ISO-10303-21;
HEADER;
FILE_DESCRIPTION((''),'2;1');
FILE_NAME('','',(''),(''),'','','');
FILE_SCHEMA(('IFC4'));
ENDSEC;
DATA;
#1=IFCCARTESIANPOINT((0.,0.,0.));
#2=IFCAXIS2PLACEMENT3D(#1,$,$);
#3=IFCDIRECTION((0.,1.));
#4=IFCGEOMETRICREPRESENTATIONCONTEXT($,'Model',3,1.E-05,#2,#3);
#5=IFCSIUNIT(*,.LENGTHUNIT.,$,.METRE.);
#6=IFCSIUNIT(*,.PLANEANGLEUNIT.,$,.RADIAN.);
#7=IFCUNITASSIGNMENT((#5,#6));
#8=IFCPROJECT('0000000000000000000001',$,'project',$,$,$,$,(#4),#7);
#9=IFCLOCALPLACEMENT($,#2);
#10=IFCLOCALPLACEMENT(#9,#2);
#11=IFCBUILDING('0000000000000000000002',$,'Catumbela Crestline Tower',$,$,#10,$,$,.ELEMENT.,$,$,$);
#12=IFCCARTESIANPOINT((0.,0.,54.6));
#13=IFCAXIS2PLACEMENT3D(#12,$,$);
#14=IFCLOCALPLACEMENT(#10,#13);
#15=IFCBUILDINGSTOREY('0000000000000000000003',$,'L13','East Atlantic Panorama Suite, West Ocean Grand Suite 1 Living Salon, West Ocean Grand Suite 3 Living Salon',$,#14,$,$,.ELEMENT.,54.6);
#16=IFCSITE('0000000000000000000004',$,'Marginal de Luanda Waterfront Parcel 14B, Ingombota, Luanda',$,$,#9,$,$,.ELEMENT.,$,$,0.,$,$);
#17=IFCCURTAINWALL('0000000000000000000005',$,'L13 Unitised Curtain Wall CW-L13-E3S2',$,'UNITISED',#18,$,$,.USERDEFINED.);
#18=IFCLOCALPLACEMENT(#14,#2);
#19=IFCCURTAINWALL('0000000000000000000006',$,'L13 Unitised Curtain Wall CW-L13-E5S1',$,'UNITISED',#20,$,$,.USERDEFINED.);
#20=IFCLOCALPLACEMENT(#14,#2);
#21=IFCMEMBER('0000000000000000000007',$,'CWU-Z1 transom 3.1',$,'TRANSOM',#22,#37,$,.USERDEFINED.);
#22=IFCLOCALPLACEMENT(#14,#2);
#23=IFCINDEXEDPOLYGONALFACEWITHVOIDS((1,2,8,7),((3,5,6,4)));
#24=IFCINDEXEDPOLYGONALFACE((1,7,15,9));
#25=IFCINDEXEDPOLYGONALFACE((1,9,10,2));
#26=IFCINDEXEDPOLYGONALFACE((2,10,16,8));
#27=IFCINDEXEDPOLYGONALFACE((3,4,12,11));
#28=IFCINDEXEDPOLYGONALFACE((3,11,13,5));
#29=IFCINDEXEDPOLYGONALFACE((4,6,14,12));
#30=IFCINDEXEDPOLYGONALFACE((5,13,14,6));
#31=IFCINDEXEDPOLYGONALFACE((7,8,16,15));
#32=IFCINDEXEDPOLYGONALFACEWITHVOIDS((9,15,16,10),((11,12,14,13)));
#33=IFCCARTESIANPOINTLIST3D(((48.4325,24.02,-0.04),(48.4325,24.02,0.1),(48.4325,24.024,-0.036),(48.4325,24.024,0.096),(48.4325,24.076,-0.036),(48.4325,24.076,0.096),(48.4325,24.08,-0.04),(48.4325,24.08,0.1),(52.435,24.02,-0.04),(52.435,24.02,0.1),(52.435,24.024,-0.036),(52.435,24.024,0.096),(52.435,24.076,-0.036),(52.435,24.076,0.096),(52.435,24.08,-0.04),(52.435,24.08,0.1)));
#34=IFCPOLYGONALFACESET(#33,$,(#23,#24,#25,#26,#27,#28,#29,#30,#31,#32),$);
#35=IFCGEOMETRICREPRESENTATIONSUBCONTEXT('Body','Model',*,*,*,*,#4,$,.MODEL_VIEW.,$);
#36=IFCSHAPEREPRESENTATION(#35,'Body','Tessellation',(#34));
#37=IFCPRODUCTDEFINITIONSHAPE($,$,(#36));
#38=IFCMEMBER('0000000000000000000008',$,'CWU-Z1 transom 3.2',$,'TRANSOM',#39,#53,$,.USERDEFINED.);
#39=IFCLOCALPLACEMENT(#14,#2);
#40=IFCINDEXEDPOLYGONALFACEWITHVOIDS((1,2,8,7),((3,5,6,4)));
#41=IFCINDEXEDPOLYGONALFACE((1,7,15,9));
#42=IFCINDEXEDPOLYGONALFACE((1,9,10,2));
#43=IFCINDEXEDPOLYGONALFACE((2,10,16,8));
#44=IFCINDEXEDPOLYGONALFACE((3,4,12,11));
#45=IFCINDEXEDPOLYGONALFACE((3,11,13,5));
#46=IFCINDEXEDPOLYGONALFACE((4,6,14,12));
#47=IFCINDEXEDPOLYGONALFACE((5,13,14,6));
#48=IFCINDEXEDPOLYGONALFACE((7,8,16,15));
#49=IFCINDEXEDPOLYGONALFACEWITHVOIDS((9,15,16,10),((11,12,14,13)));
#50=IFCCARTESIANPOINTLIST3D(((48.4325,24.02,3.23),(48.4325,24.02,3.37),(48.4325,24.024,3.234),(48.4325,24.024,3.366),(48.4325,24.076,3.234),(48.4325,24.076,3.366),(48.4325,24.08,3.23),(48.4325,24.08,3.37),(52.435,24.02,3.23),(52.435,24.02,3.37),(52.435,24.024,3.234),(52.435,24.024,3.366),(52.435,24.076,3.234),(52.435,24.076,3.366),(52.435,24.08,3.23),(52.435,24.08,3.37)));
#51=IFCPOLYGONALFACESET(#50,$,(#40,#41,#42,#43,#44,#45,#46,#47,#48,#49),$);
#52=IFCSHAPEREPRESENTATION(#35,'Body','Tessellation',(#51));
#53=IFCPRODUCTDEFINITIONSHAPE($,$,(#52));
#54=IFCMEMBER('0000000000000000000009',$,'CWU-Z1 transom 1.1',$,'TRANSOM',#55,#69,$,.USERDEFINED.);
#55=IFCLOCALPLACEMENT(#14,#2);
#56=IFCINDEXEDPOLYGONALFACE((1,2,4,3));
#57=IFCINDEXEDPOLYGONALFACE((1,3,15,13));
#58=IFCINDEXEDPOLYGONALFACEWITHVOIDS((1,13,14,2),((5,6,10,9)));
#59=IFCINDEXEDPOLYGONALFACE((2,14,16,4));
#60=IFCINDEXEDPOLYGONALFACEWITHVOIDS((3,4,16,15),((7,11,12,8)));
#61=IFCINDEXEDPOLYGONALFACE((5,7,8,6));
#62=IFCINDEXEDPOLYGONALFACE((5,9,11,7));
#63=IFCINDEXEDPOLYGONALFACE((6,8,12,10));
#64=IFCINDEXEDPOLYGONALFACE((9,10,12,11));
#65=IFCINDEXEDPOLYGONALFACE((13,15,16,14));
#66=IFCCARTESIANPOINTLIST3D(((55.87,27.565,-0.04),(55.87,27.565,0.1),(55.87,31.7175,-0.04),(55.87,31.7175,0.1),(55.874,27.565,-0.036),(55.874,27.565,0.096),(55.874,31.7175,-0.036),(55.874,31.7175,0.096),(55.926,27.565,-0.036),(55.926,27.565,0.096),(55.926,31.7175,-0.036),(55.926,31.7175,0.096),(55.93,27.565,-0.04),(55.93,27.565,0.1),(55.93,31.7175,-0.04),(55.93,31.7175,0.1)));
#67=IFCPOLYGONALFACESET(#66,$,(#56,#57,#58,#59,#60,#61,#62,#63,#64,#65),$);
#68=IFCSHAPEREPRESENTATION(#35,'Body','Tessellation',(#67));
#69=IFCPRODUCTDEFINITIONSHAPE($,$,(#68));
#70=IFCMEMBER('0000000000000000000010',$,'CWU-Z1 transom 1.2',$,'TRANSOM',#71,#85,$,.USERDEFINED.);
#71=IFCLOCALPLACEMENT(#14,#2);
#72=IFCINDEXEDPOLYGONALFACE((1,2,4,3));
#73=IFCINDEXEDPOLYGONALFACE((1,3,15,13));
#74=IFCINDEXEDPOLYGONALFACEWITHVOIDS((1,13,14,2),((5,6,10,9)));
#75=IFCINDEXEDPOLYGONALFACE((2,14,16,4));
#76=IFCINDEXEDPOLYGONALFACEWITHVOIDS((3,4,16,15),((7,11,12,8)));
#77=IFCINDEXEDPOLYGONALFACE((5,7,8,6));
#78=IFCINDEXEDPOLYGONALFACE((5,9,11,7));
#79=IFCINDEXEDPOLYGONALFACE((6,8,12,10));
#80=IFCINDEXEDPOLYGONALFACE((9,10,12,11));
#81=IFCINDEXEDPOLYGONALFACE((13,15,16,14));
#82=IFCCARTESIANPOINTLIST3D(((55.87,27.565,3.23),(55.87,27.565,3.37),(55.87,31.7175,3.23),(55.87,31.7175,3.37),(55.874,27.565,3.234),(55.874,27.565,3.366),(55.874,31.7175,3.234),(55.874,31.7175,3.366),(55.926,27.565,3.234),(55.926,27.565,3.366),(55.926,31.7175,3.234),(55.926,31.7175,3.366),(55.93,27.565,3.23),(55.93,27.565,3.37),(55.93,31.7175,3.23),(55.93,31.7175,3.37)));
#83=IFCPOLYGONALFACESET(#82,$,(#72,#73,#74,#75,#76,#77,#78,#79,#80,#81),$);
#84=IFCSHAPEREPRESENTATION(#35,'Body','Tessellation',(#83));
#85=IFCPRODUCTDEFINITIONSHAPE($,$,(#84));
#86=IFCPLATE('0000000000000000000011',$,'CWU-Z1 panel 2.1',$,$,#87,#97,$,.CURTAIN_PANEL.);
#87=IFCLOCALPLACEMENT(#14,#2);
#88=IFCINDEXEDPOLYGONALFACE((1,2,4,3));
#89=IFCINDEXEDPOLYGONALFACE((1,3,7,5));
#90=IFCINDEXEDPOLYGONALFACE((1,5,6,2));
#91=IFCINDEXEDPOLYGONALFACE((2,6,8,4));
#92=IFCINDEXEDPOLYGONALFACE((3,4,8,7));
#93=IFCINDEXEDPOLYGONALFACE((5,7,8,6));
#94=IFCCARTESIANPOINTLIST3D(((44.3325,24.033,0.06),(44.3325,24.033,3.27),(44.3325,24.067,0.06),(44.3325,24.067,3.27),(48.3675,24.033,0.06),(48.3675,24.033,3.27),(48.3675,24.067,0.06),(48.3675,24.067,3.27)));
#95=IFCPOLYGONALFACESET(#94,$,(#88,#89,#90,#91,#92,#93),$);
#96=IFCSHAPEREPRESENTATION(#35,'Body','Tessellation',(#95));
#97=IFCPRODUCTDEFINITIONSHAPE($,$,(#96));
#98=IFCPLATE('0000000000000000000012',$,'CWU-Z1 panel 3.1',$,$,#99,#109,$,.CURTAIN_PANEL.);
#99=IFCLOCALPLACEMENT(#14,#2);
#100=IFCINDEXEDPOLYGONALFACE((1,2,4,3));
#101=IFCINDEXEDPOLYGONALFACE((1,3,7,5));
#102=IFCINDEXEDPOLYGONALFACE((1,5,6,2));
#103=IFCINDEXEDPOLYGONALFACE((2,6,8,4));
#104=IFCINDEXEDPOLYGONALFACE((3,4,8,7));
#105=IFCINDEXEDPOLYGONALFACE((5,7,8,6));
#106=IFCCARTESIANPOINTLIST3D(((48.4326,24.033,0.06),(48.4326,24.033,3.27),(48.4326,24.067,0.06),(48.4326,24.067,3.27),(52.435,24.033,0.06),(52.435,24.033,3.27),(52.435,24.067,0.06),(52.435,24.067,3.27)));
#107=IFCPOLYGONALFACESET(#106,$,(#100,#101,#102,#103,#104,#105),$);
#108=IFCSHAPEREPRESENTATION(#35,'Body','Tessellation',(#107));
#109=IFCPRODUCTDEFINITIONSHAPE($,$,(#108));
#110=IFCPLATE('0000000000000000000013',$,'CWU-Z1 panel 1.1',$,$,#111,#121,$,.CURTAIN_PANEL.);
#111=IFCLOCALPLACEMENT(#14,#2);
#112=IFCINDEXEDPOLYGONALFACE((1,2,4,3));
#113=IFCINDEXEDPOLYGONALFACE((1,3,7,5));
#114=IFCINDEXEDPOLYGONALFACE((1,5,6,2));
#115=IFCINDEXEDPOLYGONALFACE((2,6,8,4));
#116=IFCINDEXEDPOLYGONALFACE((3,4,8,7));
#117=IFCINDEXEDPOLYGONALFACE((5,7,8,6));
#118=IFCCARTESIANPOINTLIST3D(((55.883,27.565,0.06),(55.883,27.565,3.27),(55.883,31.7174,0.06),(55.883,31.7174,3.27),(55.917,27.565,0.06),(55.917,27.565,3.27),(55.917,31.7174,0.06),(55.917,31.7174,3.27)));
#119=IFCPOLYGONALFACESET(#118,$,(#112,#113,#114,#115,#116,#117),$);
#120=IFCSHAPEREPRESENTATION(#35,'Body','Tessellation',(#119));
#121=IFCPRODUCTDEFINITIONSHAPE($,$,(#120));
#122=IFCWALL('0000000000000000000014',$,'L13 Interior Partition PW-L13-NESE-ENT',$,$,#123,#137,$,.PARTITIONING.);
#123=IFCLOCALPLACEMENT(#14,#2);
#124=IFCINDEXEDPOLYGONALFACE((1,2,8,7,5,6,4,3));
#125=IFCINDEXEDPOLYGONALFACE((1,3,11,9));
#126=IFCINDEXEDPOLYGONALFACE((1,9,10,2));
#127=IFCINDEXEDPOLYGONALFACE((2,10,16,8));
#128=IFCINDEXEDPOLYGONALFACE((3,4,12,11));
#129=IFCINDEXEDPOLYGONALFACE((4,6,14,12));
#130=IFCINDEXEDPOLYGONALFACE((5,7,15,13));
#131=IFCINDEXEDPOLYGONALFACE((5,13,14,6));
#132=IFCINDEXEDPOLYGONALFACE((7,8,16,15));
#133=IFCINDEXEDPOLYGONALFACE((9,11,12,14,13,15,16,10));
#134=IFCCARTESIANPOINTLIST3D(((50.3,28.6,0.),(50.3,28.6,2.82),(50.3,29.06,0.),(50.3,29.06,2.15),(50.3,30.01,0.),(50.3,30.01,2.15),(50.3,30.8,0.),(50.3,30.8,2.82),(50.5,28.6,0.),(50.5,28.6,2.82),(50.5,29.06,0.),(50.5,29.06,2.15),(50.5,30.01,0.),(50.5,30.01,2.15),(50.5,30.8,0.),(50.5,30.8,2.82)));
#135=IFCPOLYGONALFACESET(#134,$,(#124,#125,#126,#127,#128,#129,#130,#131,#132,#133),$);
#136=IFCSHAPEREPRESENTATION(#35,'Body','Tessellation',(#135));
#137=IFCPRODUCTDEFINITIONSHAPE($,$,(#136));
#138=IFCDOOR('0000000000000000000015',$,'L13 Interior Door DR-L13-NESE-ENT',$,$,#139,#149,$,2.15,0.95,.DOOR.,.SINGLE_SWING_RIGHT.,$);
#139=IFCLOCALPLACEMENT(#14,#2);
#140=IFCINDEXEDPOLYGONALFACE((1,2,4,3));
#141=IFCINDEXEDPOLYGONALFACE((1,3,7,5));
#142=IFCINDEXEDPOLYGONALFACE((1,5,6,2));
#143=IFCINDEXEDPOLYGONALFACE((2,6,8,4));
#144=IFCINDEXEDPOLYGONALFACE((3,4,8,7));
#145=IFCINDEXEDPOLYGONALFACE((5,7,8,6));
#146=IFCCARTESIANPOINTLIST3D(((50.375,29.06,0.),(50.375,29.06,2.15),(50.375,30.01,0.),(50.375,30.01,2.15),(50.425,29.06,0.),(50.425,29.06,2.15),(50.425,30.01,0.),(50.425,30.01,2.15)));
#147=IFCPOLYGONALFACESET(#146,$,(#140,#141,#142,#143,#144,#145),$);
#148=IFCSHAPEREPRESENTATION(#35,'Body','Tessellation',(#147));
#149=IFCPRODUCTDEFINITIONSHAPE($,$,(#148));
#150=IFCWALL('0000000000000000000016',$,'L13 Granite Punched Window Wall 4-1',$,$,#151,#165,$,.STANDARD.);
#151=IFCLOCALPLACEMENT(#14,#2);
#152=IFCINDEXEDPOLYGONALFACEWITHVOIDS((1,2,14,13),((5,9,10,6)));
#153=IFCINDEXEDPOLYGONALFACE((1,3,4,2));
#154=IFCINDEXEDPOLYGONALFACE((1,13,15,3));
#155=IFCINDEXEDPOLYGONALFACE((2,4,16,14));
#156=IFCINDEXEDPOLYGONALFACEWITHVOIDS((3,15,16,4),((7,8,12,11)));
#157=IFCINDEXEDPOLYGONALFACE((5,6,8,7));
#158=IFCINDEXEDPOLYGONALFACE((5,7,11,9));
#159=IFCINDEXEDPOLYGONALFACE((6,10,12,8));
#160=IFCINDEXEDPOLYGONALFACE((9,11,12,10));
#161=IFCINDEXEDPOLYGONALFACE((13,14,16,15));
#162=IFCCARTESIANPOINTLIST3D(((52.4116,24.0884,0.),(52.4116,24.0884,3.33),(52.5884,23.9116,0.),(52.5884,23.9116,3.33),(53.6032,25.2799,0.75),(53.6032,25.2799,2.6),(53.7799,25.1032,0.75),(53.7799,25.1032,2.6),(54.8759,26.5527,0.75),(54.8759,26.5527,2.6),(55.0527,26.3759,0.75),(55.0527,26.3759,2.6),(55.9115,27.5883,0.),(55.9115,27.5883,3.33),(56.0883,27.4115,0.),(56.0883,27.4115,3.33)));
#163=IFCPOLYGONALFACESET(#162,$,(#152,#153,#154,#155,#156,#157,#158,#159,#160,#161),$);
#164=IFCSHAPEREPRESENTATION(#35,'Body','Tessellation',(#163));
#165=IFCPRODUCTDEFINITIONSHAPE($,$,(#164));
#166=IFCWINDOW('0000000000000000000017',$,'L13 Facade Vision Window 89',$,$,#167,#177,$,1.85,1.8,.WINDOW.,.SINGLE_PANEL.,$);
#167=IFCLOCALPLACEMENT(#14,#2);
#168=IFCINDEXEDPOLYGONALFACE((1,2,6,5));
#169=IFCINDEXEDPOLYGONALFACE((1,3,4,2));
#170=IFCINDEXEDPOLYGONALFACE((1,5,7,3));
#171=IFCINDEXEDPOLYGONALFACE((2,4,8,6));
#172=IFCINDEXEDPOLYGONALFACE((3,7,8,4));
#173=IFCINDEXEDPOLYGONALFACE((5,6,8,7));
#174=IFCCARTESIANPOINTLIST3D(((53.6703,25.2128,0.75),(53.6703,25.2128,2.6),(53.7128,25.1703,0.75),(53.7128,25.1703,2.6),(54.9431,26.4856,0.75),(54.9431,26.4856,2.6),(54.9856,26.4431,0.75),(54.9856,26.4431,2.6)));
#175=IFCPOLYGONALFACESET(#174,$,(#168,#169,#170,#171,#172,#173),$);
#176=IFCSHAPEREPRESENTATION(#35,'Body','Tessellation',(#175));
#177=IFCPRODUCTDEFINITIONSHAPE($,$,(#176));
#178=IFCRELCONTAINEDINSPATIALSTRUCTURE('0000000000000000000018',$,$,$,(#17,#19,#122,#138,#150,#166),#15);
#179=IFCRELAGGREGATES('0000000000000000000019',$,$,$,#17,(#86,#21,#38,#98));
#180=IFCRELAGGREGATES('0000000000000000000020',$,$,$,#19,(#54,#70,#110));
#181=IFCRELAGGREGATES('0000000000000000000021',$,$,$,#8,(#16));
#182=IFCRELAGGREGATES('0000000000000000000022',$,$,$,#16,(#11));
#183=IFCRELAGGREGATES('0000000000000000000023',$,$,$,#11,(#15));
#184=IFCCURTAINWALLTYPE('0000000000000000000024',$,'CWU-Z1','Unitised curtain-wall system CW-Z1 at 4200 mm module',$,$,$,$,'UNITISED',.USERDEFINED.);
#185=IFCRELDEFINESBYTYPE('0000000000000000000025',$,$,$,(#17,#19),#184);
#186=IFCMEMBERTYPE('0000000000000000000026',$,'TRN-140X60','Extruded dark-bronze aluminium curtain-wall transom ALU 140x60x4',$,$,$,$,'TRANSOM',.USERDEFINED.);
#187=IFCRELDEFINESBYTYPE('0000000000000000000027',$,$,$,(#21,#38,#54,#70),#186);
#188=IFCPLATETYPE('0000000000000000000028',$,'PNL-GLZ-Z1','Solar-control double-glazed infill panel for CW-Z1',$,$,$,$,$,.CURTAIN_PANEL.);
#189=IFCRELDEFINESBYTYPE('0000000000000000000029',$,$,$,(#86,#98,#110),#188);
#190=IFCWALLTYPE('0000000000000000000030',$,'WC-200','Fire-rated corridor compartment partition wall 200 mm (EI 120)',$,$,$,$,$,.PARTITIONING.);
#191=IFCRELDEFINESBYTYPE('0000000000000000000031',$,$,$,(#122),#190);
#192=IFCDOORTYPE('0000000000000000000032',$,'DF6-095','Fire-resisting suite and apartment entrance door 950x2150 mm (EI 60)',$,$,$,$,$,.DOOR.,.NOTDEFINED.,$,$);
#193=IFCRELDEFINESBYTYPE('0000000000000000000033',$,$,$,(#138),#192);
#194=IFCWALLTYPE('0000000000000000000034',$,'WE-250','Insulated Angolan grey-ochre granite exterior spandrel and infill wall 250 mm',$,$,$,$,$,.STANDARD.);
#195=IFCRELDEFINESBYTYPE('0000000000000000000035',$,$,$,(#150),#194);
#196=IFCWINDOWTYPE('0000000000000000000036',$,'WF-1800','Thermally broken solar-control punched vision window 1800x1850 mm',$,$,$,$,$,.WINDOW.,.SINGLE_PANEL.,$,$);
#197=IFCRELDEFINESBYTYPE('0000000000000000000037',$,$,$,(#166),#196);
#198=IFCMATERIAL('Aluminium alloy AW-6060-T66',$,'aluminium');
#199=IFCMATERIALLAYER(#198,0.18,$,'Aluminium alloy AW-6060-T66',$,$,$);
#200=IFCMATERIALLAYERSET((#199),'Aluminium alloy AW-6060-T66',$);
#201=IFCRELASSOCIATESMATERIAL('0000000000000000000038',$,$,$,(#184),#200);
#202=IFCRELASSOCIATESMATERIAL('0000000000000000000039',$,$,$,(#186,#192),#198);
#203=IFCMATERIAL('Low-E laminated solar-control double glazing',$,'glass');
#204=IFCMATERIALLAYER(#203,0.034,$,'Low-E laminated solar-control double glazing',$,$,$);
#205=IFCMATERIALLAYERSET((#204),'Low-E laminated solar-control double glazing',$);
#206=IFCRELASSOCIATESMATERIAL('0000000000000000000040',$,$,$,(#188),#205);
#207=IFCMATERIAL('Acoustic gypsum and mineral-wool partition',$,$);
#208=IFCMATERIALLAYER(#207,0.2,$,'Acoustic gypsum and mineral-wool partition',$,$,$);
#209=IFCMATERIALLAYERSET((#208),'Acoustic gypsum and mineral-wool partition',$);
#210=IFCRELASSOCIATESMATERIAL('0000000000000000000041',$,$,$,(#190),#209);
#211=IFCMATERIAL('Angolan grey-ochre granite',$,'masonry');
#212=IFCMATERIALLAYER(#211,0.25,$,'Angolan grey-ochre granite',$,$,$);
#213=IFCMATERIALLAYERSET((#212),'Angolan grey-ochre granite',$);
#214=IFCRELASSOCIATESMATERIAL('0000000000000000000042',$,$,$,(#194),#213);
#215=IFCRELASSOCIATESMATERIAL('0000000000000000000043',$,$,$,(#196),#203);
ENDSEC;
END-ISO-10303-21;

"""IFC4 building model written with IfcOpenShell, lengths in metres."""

from ifc_helpers import new_model, si_unit, direction, frame, frame_2d, origin, origin_2d, place, context, subcontext, project, spatial, rectangle, hollow_rectangle, extrude, material, layer, layer_set, material_profile, profile_set, type_object, element, fill, aggregate, save


model = new_model("IFC4")

# Units and contexts
model_context = context("Model", 3, precision=1e-05, world=origin(), true_north=direction((0.0, 1.0)))
body_context = subcontext(model_context, "Body", "Model", "MODEL_VIEW")
ifc_project = project(units=[si_unit("LENGTHUNIT", "METRE"), si_unit("PLANEANGLEUNIT", "RADIAN")], contexts=[model_context])

# Site, building, storey
site_placement = place(None, origin())
site = spatial("IfcSite", under=ifc_project, at=site_placement, Name="Marginal de Luanda Waterfront Parcel 14B, Ingombota, Luanda", CompositionType="ELEMENT", RefElevation=0.0)
building_placement = place(site_placement, origin())
building = spatial("IfcBuilding", under=site, at=building_placement, Name="Catumbela Crestline Tower", CompositionType="ELEMENT")
storey_placement = place(building_placement, frame((0.0, 0.0, 54.6)))
storey = spatial("IfcBuildingStorey", under=building, at=storey_placement, Name="L13", Description="East Atlantic Panorama Suite, West Ocean Grand Suite 1 Living Salon, West Ocean Grand Suite 3 Living Salon", CompositionType="ELEMENT", Elevation=54.6)

# Curtain wall
ifc_material_1 = material(Name="Aluminium alloy AW-6060-T66", Category="aluminium")
ifc_layer_1 = layer(ifc_material_1, 0.18, Name="Aluminium alloy AW-6060-T66")
ifc_layer_set_1 = layer_set([ifc_layer_1], Name="Aluminium alloy AW-6060-T66")
curtain_wall_type = type_object("IfcCurtainWallType", Name="CWU-Z1", Description="Unitised curtain-wall system CW-Z1 at 4200 mm module", ElementType="UNITISED", PredefinedType="USERDEFINED", material=ifc_layer_set_1)
curtain_wall_1_placement = place(storey_placement, origin())
curtain_wall_1 = element("IfcCurtainWall", 1, at=curtain_wall_1_placement, inside=storey, type_object=curtain_wall_type, Name="L13 Unitised Curtain Wall CW-L13-E3S2", ObjectType="UNITISED", PredefinedType="USERDEFINED")

# Curtain wall
curtain_wall_2_placement = place(storey_placement, origin())
curtain_wall_2 = element("IfcCurtainWall", 2, at=curtain_wall_2_placement, inside=storey, type_object=curtain_wall_type, Name="L13 Unitised Curtain Wall CW-L13-E5S1", ObjectType="UNITISED", PredefinedType="USERDEFINED")

# Members
ifc_material_profile_1 = material_profile(ifc_material_1, hollow_rectangle(XDim=0.06, YDim=0.14, WallThickness=0.004, at=origin_2d()), Name="ALU 140x60x4")
ifc_profile_set_1 = profile_set([ifc_material_profile_1], Name="Aluminium alloy AW-6060-T66")
member_type_1 = type_object("IfcMemberType", Name="TRN-140X60", Description="Extruded dark-bronze aluminium curtain-wall transom ALU 140x60x4", ElementType="TRANSOM", PredefinedType="USERDEFINED", material=ifc_profile_set_1)
member_1_placement = place(storey_placement, frame((48.4325, 24.05, 0.03), z_axis=(1.0, 0.0, 0.0), x_axis=(0.0, 1.0, 0.0)))
member_1 = element("IfcMember", 3, at=member_1_placement, type_object=member_type_1, Name="CWU-Z1 transom 3.1", ObjectType="TRANSOM", PredefinedType="USERDEFINED", context=body_context, shape_type="SweptSolid", body=[
    extrude(hollow_rectangle(XDim=0.06, YDim=0.14, WallThickness=0.004, at=origin_2d()), origin(), (0.0, 0.0, 1.0), 4.0025),
])
member_2_placement = place(storey_placement, frame((48.4325, 24.05, 3.3), z_axis=(1.0, 0.0, 0.0), x_axis=(0.0, 1.0, 0.0)))
member_2 = element("IfcMember", 4, at=member_2_placement, type_object=member_type_1, Name="CWU-Z1 transom 3.2", ObjectType="TRANSOM", PredefinedType="USERDEFINED", context=body_context, shape_type="SweptSolid", body=[
    extrude(hollow_rectangle(XDim=0.06, YDim=0.14, WallThickness=0.004, at=origin_2d()), origin(), (0.0, 0.0, 1.0), 4.0025),
])
member_3_placement = place(storey_placement, frame((55.9, 27.565, 0.03), z_axis=(0.0, 1.0, 0.0), x_axis=(-1.0, 0.0, 0.0)))
member_3 = element("IfcMember", 5, at=member_3_placement, type_object=member_type_1, Name="CWU-Z1 transom 1.1", ObjectType="TRANSOM", PredefinedType="USERDEFINED", context=body_context, shape_type="SweptSolid", body=[
    extrude(hollow_rectangle(XDim=0.06, YDim=0.14, WallThickness=0.004, at=origin_2d()), origin(), (0.0, 0.0, 1.0), 4.1525),
])
member_4_placement = place(storey_placement, frame((55.9, 27.565, 3.3), z_axis=(0.0, 1.0, 0.0), x_axis=(-1.0, 0.0, 0.0)))
member_4 = element("IfcMember", 6, at=member_4_placement, type_object=member_type_1, Name="CWU-Z1 transom 1.2", ObjectType="TRANSOM", PredefinedType="USERDEFINED", context=body_context, shape_type="SweptSolid", body=[
    extrude(hollow_rectangle(XDim=0.06, YDim=0.14, WallThickness=0.004, at=origin_2d()), origin(), (0.0, 0.0, 1.0), 4.1525),
])

# Plates
ifc_material_2 = material(Name="Low-E laminated solar-control double glazing", Category="glass")
ifc_layer_2 = layer(ifc_material_2, 0.034, Name="Low-E laminated solar-control double glazing")
ifc_layer_set_2 = layer_set([ifc_layer_2], Name="Low-E laminated solar-control double glazing")
plate_type = type_object("IfcPlateType", Name="PNL-GLZ-Z1", Description="Solar-control double-glazed infill panel for CW-Z1", PredefinedType="CURTAIN_PANEL", material=ifc_layer_set_2)
plate_1_placement = place(storey_placement, frame((46.35, 24.05, 0.06), z_axis=(0.0, 0.0, 1.0), x_axis=(1.0, 0.0, 0.0)))
plate_1 = element("IfcPlate", 7, at=plate_1_placement, type_object=plate_type, Name="CWU-Z1 panel 2.1", PredefinedType="CURTAIN_PANEL", context=body_context, shape_type="SweptSolid", body=[
    extrude(rectangle(XDim=4.035, YDim=0.034, at=origin_2d()), origin(), (0.0, 0.0, 1.0), 3.21),
])
plate_2_placement = place(storey_placement, frame((50.4338, 24.05, 0.06), z_axis=(0.0, 0.0, 1.0), x_axis=(1.0, 0.0, 0.0)))
plate_2 = element("IfcPlate", 8, at=plate_2_placement, type_object=plate_type, Name="CWU-Z1 panel 3.1", PredefinedType="CURTAIN_PANEL", context=body_context, shape_type="SweptSolid", body=[
    extrude(rectangle(XDim=4.0025, YDim=0.034, at=origin_2d()), origin(), (0.0, 0.0, 1.0), 3.21),
])
aggregate(curtain_wall_1, [plate_1, member_1, member_2, plate_2])
plate_3_placement = place(storey_placement, frame((55.9, 29.6412, 0.06), z_axis=(0.0, 0.0, 1.0), x_axis=(0.0, 1.0, 0.0)))
plate_3 = element("IfcPlate", 9, at=plate_3_placement, type_object=plate_type, Name="CWU-Z1 panel 1.1", PredefinedType="CURTAIN_PANEL", context=body_context, shape_type="SweptSolid", body=[
    extrude(rectangle(XDim=4.1525, YDim=0.034, at=origin_2d()), origin(), (0.0, 0.0, 1.0), 3.21),
])
aggregate(curtain_wall_2, [member_3, member_4, plate_3])

# Wall, opening, door
ifc_material_3 = material(Name="Acoustic gypsum and mineral-wool partition")
ifc_layer_3 = layer(ifc_material_3, 0.2, Name="Acoustic gypsum and mineral-wool partition")
ifc_layer_set_3 = layer_set([ifc_layer_3], Name="Acoustic gypsum and mineral-wool partition")
wall_type_1 = type_object("IfcWallType", Name="WC-200", Description="Fire-rated corridor compartment partition wall 200 mm (EI 120)", PredefinedType="PARTITIONING", material=ifc_layer_set_3)
wall_1_placement = place(storey_placement, frame((50.4, 28.6, 0.0), z_axis=(0.0, 0.0, 1.0), x_axis=(0.0, 1.0, 0.0)))
wall_1 = element("IfcWall", 10, at=wall_1_placement, inside=storey, type_object=wall_type_1, Name="L13 Interior Partition PW-L13-NESE-ENT", PredefinedType="PARTITIONING", context=body_context, shape_type="SweptSolid", body=[
    extrude(rectangle(XDim=2.2, YDim=0.2, at=frame_2d((1.1, 0.0))), origin(), (0.0, 0.0, 1.0), 2.82),
])
opening_1_placement = place(wall_1_placement, frame((0.46, 0.0, 0.0)))
opening_1 = element("IfcOpeningElement", 11, at=opening_1_placement, cuts=wall_1, PredefinedType="OPENING", context=body_context, shape_type="SweptSolid", body=[
    extrude(rectangle(XDim=0.95, YDim=2.15, at=frame_2d((0.475, 1.075))), frame((0.0, 0.11, 0.0), z_axis=(0.0, -1.0, 0.0), x_axis=(1.0, 0.0, 0.0)), (0.0, 0.0, 1.0), 0.22),
])
door_type_1 = type_object("IfcDoorType", Name="DF6-095", Description="Fire-resisting suite and apartment entrance door 950x2150 mm (EI 60)", OperationType="NOTDEFINED", PredefinedType="DOOR", material=ifc_material_1)
door_1_placement = place(opening_1_placement, origin())
door_1 = element("IfcDoor", 12, at=door_1_placement, inside=storey, type_object=door_type_1, Name="L13 Interior Door DR-L13-NESE-ENT", OperationType="SINGLE_SWING_RIGHT", OverallHeight=2.15, OverallWidth=0.95, PredefinedType="DOOR", context=body_context, shape_type="SweptSolid", body=[
    extrude(rectangle(XDim=0.95, YDim=2.15, at=frame_2d((0.475, 1.075))), frame((0.0, 0.025, 0.0), z_axis=(0.0, -1.0, 0.0), x_axis=(1.0, 0.0, 0.0)), (0.0, 0.0, 1.0), 0.05),
])
fill(opening_1, door_1)

# Wall, opening, window
ifc_material_4 = material(Name="Angolan grey-ochre granite", Category="masonry")
ifc_layer_4 = layer(ifc_material_4, 0.25, Name="Angolan grey-ochre granite")
ifc_layer_set_4 = layer_set([ifc_layer_4], Name="Angolan grey-ochre granite")
wall_type_2 = type_object("IfcWallType", Name="WE-250", Description="Insulated Angolan grey-ochre granite exterior spandrel and infill wall 250 mm", PredefinedType="STANDARD", material=ifc_layer_set_4)
wall_2_placement = place(storey_placement, frame((52.5, 24.0, 0.0), z_axis=(0.0, 0.0, 1.0), x_axis=(0.707107, 0.707107, 0.0)))
wall_2 = element("IfcWall", 13, at=wall_2_placement, inside=storey, type_object=wall_type_2, Name="L13 Granite Punched Window Wall 4-1", PredefinedType="STANDARD", context=body_context, shape_type="SweptSolid", body=[
    extrude(rectangle(XDim=4.9497, YDim=0.25, at=frame_2d((2.4748, 0.0))), origin(), (0.0, 0.0, 1.0), 3.33),
])
opening_2_placement = place(wall_2_placement, frame((1.6851, 0.0, 0.75)))
opening_2 = element("IfcOpeningElement", 14, at=opening_2_placement, cuts=wall_2, PredefinedType="OPENING", context=body_context, shape_type="SweptSolid", body=[
    extrude(rectangle(XDim=1.8, YDim=1.85, at=frame_2d((0.9, 0.925))), frame((0.0, 0.135, 0.0), z_axis=(0.0, -1.0, 0.0), x_axis=(1.0, 0.0, 0.0)), (0.0, 0.0, 1.0), 0.27),
])
window_type = type_object("IfcWindowType", Name="WF-1800", Description="Thermally broken solar-control punched vision window 1800x1850 mm", PartitioningType="SINGLE_PANEL", PredefinedType="WINDOW", material=ifc_material_2)
window_placement = place(opening_2_placement, origin())
window = element("IfcWindow", 15, at=window_placement, inside=storey, type_object=window_type, Name="L13 Facade Vision Window 89", OverallHeight=1.85, OverallWidth=1.8, PartitioningType="SINGLE_PANEL", PredefinedType="WINDOW", context=body_context, shape_type="SweptSolid", body=[
    extrude(rectangle(XDim=1.8, YDim=1.85, at=frame_2d((0.9, 0.925))), frame((0.0, 0.03, 0.0), z_axis=(0.0, -1.0, 0.0), x_axis=(1.0, 0.0, 0.0)), (0.0, 0.0, 1.0), 0.06),
])
fill(opening_2, window)

save(model, "model.ifc")
